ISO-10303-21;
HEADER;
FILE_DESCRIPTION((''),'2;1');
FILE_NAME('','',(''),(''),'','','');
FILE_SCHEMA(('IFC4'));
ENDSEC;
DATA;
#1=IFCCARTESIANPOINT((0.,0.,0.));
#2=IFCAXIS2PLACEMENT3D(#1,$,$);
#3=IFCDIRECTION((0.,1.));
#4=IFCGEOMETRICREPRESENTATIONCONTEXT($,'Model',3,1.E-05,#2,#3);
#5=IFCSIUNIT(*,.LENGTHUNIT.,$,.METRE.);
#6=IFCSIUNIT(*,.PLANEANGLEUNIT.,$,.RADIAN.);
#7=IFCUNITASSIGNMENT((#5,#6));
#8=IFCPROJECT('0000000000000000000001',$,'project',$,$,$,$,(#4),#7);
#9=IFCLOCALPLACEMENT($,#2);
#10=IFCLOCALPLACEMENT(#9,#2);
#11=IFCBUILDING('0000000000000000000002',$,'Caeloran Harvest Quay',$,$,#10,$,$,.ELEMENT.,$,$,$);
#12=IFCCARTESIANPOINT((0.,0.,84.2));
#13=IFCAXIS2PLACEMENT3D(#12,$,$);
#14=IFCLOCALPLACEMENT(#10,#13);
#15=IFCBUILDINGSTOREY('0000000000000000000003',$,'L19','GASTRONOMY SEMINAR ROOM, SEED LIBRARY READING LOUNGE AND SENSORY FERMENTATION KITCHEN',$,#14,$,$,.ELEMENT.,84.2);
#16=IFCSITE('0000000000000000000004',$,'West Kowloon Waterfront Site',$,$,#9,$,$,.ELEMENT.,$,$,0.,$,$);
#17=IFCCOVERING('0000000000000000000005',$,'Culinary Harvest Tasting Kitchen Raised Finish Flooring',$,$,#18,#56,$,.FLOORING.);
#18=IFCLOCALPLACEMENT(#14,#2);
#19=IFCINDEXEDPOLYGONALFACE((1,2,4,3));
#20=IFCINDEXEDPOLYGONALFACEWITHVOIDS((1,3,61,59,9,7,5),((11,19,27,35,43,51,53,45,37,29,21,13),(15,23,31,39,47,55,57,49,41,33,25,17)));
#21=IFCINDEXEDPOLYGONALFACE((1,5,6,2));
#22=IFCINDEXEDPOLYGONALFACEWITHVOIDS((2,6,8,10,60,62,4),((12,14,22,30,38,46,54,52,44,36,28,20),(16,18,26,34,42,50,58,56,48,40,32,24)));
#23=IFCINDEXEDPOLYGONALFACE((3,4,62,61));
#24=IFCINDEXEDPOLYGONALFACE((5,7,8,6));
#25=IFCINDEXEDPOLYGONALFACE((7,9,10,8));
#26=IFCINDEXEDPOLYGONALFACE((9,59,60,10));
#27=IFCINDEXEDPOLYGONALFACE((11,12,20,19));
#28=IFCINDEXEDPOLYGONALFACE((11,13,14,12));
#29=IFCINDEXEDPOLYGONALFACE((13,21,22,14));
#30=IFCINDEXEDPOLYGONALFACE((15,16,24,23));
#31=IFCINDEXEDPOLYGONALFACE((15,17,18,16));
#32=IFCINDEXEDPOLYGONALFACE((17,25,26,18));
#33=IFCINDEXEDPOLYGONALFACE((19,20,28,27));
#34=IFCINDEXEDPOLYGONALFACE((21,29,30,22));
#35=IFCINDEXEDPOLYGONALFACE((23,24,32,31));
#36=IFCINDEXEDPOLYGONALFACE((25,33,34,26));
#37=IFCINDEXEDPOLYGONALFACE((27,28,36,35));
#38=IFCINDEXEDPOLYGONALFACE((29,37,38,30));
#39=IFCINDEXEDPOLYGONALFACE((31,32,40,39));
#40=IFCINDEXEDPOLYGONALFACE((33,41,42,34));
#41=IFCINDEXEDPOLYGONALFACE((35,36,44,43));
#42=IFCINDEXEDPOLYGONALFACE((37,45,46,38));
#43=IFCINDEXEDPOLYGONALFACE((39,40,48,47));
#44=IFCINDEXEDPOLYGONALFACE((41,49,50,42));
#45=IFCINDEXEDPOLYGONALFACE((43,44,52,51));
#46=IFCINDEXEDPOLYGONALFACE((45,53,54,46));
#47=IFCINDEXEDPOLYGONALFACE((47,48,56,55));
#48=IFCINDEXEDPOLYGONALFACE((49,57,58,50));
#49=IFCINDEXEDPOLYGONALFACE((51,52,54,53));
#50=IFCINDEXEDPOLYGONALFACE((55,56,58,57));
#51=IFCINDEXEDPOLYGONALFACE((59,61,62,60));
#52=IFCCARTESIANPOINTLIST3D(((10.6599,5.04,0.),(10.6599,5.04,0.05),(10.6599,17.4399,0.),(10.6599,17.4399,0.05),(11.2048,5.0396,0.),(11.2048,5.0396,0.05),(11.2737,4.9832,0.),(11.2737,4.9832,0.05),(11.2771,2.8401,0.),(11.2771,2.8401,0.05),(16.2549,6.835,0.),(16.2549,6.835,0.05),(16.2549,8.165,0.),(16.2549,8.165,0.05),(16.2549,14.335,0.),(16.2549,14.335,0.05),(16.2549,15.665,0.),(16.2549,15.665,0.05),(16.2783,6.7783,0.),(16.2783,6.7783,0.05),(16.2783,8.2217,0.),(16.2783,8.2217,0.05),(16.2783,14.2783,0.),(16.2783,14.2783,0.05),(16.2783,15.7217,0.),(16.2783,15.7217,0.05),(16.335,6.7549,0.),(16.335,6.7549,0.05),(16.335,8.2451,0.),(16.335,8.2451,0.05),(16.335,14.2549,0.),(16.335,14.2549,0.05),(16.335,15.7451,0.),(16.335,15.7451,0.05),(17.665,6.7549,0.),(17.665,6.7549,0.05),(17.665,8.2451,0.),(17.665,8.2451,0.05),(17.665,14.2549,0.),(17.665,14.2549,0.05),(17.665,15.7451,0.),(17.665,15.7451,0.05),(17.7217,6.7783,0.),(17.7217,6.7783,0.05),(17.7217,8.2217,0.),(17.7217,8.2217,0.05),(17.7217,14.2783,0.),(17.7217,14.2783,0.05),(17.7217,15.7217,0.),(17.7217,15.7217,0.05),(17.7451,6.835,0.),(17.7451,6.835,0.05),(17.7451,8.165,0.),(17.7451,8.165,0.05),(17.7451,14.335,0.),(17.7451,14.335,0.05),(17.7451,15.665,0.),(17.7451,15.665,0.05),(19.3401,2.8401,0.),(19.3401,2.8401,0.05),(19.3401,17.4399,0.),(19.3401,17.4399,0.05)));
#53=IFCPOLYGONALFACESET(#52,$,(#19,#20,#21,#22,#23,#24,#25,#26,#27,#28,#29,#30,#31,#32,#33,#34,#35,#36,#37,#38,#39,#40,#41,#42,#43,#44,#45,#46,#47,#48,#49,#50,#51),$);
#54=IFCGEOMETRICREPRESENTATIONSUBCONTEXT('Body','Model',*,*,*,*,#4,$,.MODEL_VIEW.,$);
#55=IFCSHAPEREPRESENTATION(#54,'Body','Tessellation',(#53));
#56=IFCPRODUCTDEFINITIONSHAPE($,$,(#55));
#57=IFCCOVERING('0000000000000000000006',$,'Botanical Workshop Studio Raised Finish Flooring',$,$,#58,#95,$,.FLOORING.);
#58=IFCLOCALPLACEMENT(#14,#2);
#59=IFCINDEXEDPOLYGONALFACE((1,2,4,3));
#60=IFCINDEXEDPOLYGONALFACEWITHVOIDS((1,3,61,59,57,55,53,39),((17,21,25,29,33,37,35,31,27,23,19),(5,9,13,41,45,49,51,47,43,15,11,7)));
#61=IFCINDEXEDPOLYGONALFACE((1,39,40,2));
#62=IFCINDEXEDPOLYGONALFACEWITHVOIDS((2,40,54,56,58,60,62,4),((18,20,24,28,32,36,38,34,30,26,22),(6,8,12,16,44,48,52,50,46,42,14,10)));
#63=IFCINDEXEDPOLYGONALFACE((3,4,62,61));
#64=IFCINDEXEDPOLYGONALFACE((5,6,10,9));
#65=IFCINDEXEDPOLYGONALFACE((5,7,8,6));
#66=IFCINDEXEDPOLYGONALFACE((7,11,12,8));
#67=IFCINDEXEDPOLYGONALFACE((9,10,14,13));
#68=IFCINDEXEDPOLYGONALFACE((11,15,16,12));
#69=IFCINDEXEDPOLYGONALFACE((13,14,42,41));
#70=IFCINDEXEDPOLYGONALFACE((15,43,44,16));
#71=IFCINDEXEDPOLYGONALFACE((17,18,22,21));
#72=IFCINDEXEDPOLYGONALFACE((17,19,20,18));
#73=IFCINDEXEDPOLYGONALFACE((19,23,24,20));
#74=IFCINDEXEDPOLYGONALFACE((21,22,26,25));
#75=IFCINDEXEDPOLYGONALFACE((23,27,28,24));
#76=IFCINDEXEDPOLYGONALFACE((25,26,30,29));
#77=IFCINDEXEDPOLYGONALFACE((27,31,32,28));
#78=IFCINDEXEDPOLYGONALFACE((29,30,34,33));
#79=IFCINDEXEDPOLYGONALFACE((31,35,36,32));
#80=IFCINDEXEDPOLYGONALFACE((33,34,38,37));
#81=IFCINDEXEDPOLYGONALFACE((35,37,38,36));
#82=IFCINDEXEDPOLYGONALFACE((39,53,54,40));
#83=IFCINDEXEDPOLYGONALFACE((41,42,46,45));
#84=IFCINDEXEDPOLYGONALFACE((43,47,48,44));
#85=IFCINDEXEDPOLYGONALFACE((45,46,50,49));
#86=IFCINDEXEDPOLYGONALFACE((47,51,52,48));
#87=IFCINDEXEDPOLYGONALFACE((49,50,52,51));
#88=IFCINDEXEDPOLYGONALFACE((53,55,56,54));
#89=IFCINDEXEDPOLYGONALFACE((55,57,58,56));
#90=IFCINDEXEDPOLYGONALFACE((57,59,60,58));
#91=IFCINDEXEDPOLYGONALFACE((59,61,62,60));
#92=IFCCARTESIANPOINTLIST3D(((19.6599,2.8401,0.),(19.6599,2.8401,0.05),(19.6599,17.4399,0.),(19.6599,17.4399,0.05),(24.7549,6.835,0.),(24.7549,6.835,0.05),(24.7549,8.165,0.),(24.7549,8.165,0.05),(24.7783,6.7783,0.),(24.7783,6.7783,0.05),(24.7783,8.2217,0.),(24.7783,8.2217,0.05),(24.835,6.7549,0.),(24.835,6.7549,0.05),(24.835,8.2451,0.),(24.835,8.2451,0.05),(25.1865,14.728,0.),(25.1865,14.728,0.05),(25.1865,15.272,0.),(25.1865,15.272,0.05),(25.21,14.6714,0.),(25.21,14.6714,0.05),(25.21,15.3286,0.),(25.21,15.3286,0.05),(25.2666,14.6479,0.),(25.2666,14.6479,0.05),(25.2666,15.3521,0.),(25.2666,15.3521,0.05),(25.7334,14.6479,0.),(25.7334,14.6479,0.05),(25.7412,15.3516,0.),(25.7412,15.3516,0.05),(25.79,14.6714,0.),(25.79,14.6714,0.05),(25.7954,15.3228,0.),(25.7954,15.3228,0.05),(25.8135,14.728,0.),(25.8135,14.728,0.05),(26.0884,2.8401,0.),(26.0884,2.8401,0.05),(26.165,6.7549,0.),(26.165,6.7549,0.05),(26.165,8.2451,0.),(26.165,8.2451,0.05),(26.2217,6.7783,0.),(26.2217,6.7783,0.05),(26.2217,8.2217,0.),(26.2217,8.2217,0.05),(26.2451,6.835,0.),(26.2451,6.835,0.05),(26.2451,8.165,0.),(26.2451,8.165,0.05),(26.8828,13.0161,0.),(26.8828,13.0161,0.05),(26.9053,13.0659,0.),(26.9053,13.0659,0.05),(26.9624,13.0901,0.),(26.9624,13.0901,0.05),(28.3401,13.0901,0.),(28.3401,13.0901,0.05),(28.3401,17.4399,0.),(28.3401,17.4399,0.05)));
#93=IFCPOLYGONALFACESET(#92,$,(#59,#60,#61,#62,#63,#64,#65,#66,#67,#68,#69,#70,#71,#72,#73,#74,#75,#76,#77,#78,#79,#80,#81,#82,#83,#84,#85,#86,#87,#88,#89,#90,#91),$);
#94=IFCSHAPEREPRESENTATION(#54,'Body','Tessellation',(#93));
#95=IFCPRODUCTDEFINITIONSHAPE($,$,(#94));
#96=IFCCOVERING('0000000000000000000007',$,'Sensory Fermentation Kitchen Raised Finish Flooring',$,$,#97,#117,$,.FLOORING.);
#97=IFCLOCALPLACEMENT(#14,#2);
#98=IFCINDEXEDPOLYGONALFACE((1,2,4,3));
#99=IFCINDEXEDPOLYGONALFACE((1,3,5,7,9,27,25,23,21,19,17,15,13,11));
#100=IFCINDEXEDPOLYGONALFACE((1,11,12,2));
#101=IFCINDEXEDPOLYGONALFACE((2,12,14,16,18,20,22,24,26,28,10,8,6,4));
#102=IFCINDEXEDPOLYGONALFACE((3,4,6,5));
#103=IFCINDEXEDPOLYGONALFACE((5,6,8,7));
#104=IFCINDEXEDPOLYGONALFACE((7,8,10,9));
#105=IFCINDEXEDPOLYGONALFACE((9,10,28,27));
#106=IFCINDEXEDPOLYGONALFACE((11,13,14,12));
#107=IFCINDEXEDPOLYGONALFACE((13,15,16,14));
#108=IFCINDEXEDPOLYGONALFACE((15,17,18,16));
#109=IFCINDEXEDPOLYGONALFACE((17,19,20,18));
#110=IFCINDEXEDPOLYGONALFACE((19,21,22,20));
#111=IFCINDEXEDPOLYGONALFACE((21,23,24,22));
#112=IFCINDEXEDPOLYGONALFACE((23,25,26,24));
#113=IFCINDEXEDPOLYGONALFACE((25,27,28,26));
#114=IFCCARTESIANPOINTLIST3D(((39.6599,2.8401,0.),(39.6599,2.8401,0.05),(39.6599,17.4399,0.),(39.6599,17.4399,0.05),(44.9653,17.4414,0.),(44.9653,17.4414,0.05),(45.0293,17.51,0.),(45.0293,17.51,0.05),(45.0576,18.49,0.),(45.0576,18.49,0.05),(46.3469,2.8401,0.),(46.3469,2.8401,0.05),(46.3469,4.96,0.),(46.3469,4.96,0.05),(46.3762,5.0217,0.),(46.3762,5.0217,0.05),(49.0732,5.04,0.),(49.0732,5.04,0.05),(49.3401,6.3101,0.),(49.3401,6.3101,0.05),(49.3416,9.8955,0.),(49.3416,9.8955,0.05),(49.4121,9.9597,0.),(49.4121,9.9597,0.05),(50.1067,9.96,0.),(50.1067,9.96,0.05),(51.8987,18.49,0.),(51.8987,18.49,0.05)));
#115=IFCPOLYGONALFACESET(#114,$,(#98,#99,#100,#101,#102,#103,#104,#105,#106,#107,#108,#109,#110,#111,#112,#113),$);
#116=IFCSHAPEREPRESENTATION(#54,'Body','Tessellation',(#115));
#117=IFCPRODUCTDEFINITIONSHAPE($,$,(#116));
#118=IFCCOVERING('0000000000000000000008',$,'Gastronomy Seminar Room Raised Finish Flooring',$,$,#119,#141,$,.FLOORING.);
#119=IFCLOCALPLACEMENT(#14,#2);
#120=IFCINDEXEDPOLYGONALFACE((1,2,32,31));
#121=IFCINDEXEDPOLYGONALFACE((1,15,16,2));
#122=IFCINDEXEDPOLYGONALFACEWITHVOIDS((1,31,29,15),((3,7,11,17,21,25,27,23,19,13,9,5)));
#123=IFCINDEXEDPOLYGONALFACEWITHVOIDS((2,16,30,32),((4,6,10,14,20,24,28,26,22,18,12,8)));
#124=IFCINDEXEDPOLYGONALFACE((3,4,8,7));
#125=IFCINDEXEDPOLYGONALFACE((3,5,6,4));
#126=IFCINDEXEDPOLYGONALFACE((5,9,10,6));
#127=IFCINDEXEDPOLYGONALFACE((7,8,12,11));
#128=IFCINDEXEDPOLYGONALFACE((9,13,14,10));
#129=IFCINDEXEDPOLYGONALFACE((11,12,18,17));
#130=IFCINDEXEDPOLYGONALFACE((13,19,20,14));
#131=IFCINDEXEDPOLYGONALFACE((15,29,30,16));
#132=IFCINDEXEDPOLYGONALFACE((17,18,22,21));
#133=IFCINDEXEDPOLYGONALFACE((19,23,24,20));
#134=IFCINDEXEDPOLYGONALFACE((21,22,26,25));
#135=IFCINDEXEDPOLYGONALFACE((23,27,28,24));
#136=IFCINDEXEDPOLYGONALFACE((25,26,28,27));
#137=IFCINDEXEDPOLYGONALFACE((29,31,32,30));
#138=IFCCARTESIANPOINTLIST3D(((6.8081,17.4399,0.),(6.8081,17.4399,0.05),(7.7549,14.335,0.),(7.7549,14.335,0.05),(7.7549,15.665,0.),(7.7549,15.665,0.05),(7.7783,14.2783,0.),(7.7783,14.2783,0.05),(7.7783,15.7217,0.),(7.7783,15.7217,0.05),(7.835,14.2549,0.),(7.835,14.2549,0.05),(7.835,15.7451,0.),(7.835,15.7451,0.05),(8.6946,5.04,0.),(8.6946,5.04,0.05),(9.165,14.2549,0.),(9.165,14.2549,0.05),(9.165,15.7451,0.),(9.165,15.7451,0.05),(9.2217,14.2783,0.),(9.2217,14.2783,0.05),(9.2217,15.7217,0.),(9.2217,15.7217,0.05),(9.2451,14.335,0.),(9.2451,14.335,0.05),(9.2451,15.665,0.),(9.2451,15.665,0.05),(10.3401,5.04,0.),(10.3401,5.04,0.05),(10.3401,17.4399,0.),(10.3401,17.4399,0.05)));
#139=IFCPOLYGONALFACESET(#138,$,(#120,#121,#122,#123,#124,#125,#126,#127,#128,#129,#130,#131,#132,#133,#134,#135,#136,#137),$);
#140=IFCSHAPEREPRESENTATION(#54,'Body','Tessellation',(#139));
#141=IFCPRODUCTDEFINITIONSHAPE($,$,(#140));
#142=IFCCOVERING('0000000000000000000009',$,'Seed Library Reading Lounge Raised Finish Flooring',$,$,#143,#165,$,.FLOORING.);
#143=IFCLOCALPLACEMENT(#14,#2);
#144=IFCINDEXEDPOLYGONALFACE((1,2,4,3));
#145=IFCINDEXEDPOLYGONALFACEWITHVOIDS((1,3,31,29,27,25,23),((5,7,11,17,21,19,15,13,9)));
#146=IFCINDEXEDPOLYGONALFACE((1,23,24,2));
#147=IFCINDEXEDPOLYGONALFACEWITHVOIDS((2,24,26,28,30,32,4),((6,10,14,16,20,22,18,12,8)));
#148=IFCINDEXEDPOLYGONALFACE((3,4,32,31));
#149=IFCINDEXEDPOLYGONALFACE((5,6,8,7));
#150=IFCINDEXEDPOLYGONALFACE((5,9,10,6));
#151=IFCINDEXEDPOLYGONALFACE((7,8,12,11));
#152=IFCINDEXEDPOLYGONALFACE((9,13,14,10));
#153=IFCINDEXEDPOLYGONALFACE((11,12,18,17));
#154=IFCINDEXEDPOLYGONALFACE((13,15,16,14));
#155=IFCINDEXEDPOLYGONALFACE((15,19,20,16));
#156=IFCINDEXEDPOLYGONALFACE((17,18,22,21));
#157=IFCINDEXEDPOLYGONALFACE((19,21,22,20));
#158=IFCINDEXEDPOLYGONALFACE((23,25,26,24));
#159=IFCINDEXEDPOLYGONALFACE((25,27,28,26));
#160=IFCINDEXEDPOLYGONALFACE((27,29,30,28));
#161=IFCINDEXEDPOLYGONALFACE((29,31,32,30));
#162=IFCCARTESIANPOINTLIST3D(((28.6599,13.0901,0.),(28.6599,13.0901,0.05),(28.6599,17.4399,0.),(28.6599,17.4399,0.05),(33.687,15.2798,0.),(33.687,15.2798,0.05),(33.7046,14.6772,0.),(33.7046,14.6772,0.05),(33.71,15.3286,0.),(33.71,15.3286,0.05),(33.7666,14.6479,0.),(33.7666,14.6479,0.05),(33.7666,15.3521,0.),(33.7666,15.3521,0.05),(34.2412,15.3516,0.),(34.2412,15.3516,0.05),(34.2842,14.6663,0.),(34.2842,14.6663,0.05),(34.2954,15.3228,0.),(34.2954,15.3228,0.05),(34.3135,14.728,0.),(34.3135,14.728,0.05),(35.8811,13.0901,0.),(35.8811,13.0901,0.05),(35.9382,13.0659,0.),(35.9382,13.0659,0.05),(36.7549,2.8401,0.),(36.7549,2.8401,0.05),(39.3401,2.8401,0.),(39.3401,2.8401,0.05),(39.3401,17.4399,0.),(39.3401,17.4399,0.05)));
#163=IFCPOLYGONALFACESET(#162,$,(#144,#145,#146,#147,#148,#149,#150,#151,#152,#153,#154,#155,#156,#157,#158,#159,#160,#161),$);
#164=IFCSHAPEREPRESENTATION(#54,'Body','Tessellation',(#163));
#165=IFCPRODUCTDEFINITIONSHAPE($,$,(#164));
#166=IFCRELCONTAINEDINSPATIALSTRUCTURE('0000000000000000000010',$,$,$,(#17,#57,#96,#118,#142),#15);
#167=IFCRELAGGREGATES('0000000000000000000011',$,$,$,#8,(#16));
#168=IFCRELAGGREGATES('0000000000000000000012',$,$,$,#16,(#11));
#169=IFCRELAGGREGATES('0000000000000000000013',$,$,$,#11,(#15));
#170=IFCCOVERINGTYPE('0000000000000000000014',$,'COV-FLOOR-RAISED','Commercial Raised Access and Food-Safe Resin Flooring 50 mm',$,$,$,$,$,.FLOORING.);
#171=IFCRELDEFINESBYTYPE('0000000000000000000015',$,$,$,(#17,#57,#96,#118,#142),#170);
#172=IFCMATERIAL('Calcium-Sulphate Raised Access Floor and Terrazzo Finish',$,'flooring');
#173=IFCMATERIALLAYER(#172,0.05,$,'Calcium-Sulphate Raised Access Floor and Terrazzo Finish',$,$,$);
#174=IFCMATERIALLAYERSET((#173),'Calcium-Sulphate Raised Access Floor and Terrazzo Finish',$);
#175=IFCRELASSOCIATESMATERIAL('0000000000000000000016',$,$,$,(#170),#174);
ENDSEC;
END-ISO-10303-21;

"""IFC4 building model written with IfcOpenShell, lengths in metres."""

from ifc_helpers import new_model, si_unit, direction, frame, origin, place, context, subcontext, project, spatial, polyline, outline, extrude, material, layer, layer_set, type_object, element, save


model = new_model("IFC4")

# Units and contexts
model_context = context("Model", 3, precision=1e-05, world=origin(), true_north=direction((0.0, 1.0)))
body_context = subcontext(model_context, "Body", "Model", "MODEL_VIEW")
ifc_project = project(units=[si_unit("LENGTHUNIT", "METRE"), si_unit("PLANEANGLEUNIT", "RADIAN")], contexts=[model_context])

# Site, building, storey
site_placement = place(None, origin())
site = spatial("IfcSite", under=ifc_project, at=site_placement, Name="West Kowloon Waterfront Site", CompositionType="ELEMENT", RefElevation=0.0)
building_placement = place(site_placement, origin())
building = spatial("IfcBuilding", under=site, at=building_placement, Name="Caeloran Harvest Quay", CompositionType="ELEMENT")
storey_placement = place(building_placement, frame((0.0, 0.0, 84.2)))
storey = spatial("IfcBuildingStorey", under=building, at=storey_placement, Name="L19", Description="GASTRONOMY SEMINAR ROOM, SEED LIBRARY READING LOUNGE AND SENSORY FERMENTATION KITCHEN", CompositionType="ELEMENT", Elevation=84.2)

# Coverings
ifc_material_1 = material(Name="Calcium-Sulphate Raised Access Floor and Terrazzo Finish", Category="flooring")
ifc_layer_1 = layer(ifc_material_1, 0.05, Name="Calcium-Sulphate Raised Access Floor and Terrazzo Finish")
ifc_layer_set_1 = layer_set([ifc_layer_1], Name="Calcium-Sulphate Raised Access Floor and Terrazzo Finish")
covering_type_1 = type_object("IfcCoveringType", Name="COV-FLOOR-RAISED", Description="Commercial Raised Access and Food-Safe Resin Flooring 50 mm", PredefinedType="FLOORING", material=ifc_layer_set_1)
covering_1_placement = place(storey_placement, origin())
element("IfcCovering", 1, at=covering_1_placement, inside=storey, type_object=covering_type_1, Name="Culinary Harvest Tasting Kitchen Raised Finish Flooring", PredefinedType="FLOORING", context=body_context, shape_type="SweptSolid", body=[
    extrude(outline(polyline([(19.3401, 2.8401), (11.2771, 2.8401), (11.2737, 4.9832), (11.2048, 5.0396), (10.6599, 5.04), (10.6599, 17.4399), (19.3401, 17.4399), (19.3401, 2.8401)]), holes=[polyline([(16.335, 8.2451), (16.2783, 8.2217), (16.2549, 8.165), (16.2549, 6.835), (16.2783, 6.7783), (16.335, 6.7549), (17.665, 6.7549), (17.7217, 6.7783), (17.7451, 6.835), (17.7451, 8.165), (17.7217, 8.2217), (17.665, 8.2451), (16.335, 8.2451)]), polyline([(17.7451, 15.665), (17.7217, 15.7217), (17.665, 15.7451), (16.335, 15.7451), (16.2783, 15.7217), (16.2549, 15.665), (16.2549, 14.335), (16.2783, 14.2783), (16.335, 14.2549), (17.665, 14.2549), (17.7217, 14.2783), (17.7451, 14.335), (17.7451, 15.665)])]), origin(), (0.0, 0.0, 1.0), 0.05),
])
covering_2_placement = place(storey_placement, origin())
element("IfcCovering", 2, at=covering_2_placement, inside=storey, type_object=covering_type_1, Name="Botanical Workshop Studio Raised Finish Flooring", PredefinedType="FLOORING", context=body_context, shape_type="SweptSolid", body=[
    extrude(outline(polyline([(26.9624, 13.0901), (26.9053, 13.0659), (26.8828, 13.0161), (26.0884, 2.8401), (19.6599, 2.8401), (19.6599, 17.4399), (28.3401, 17.4399), (28.3401, 13.0901), (26.9624, 13.0901)]), holes=[polyline([(26.2451, 8.165), (26.2217, 8.2217), (26.165, 8.2451), (24.835, 8.2451), (24.7783, 8.2217), (24.7549, 8.165), (24.7549, 6.835), (24.7783, 6.7783), (24.835, 6.7549), (26.165, 6.7549), (26.2217, 6.7783), (26.2451, 6.835), (26.2451, 8.165)]), polyline([(25.8135, 14.728), (25.7954, 15.3228), (25.7412, 15.3516), (25.2666, 15.3521), (25.21, 15.3286), (25.1865, 15.272), (25.1865, 14.728), (25.21, 14.6714), (25.2666, 14.6479), (25.7334, 14.6479), (25.79, 14.6714), (25.8135, 14.728)])]), origin(), (0.0, 0.0, 1.0), 0.05),
])
covering_3_placement = place(storey_placement, origin())
element("IfcCovering", 3, at=covering_3_placement, inside=storey, type_object=covering_type_1, Name="Sensory Fermentation Kitchen Raised Finish Flooring", PredefinedType="FLOORING", context=body_context, shape_type="SweptSolid", body=[
    extrude(outline(polyline([(51.8987, 18.49), (50.1067, 9.96), (49.4121, 9.9597), (49.3416, 9.8955), (49.3401, 6.3101), (49.0732, 5.04), (46.3762, 5.0217), (46.3469, 4.96), (46.3469, 2.8401), (39.6599, 2.8401), (39.6599, 17.4399), (44.9653, 17.4414), (45.0293, 17.51), (45.0576, 18.49), (51.8987, 18.49)])), origin(), (0.0, 0.0, 1.0), 0.05),
])
covering_4_placement = place(storey_placement, origin())
element("IfcCovering", 4, at=covering_4_placement, inside=storey, type_object=covering_type_1, Name="Gastronomy Seminar Room Raised Finish Flooring", PredefinedType="FLOORING", context=body_context, shape_type="SweptSolid", body=[
    extrude(outline(polyline([(10.3401, 17.4399), (10.3401, 5.04), (8.6946, 5.04), (6.8081, 17.4399), (10.3401, 17.4399)]), holes=[polyline([(9.2451, 15.665), (9.2217, 15.7217), (9.165, 15.7451), (7.835, 15.7451), (7.7783, 15.7217), (7.7549, 15.665), (7.7549, 14.335), (7.7783, 14.2783), (7.835, 14.2549), (9.165, 14.2549), (9.2217, 14.2783), (9.2451, 14.335), (9.2451, 15.665)])]), origin(), (0.0, 0.0, 1.0), 0.05),
])
covering_5_placement = place(storey_placement, origin())
element("IfcCovering", 5, at=covering_5_placement, inside=storey, type_object=covering_type_1, Name="Seed Library Reading Lounge Raised Finish Flooring", PredefinedType="FLOORING", context=body_context, shape_type="SweptSolid", body=[
    extrude(outline(polyline([(28.6599, 13.0901), (28.6599, 17.4399), (39.3401, 17.4399), (39.3401, 2.8401), (36.7549, 2.8401), (35.9382, 13.0659), (35.8811, 13.0901), (28.6599, 13.0901)]), holes=[polyline([(33.7666, 15.3521), (33.71, 15.3286), (33.687, 15.2798), (33.7046, 14.6772), (33.7666, 14.6479), (34.2842, 14.6663), (34.3135, 14.728), (34.2954, 15.3228), (34.2412, 15.3516), (33.7666, 15.3521)])]), origin(), (0.0, 0.0, 1.0), 0.05),
])

save(model, "model.ifc")
